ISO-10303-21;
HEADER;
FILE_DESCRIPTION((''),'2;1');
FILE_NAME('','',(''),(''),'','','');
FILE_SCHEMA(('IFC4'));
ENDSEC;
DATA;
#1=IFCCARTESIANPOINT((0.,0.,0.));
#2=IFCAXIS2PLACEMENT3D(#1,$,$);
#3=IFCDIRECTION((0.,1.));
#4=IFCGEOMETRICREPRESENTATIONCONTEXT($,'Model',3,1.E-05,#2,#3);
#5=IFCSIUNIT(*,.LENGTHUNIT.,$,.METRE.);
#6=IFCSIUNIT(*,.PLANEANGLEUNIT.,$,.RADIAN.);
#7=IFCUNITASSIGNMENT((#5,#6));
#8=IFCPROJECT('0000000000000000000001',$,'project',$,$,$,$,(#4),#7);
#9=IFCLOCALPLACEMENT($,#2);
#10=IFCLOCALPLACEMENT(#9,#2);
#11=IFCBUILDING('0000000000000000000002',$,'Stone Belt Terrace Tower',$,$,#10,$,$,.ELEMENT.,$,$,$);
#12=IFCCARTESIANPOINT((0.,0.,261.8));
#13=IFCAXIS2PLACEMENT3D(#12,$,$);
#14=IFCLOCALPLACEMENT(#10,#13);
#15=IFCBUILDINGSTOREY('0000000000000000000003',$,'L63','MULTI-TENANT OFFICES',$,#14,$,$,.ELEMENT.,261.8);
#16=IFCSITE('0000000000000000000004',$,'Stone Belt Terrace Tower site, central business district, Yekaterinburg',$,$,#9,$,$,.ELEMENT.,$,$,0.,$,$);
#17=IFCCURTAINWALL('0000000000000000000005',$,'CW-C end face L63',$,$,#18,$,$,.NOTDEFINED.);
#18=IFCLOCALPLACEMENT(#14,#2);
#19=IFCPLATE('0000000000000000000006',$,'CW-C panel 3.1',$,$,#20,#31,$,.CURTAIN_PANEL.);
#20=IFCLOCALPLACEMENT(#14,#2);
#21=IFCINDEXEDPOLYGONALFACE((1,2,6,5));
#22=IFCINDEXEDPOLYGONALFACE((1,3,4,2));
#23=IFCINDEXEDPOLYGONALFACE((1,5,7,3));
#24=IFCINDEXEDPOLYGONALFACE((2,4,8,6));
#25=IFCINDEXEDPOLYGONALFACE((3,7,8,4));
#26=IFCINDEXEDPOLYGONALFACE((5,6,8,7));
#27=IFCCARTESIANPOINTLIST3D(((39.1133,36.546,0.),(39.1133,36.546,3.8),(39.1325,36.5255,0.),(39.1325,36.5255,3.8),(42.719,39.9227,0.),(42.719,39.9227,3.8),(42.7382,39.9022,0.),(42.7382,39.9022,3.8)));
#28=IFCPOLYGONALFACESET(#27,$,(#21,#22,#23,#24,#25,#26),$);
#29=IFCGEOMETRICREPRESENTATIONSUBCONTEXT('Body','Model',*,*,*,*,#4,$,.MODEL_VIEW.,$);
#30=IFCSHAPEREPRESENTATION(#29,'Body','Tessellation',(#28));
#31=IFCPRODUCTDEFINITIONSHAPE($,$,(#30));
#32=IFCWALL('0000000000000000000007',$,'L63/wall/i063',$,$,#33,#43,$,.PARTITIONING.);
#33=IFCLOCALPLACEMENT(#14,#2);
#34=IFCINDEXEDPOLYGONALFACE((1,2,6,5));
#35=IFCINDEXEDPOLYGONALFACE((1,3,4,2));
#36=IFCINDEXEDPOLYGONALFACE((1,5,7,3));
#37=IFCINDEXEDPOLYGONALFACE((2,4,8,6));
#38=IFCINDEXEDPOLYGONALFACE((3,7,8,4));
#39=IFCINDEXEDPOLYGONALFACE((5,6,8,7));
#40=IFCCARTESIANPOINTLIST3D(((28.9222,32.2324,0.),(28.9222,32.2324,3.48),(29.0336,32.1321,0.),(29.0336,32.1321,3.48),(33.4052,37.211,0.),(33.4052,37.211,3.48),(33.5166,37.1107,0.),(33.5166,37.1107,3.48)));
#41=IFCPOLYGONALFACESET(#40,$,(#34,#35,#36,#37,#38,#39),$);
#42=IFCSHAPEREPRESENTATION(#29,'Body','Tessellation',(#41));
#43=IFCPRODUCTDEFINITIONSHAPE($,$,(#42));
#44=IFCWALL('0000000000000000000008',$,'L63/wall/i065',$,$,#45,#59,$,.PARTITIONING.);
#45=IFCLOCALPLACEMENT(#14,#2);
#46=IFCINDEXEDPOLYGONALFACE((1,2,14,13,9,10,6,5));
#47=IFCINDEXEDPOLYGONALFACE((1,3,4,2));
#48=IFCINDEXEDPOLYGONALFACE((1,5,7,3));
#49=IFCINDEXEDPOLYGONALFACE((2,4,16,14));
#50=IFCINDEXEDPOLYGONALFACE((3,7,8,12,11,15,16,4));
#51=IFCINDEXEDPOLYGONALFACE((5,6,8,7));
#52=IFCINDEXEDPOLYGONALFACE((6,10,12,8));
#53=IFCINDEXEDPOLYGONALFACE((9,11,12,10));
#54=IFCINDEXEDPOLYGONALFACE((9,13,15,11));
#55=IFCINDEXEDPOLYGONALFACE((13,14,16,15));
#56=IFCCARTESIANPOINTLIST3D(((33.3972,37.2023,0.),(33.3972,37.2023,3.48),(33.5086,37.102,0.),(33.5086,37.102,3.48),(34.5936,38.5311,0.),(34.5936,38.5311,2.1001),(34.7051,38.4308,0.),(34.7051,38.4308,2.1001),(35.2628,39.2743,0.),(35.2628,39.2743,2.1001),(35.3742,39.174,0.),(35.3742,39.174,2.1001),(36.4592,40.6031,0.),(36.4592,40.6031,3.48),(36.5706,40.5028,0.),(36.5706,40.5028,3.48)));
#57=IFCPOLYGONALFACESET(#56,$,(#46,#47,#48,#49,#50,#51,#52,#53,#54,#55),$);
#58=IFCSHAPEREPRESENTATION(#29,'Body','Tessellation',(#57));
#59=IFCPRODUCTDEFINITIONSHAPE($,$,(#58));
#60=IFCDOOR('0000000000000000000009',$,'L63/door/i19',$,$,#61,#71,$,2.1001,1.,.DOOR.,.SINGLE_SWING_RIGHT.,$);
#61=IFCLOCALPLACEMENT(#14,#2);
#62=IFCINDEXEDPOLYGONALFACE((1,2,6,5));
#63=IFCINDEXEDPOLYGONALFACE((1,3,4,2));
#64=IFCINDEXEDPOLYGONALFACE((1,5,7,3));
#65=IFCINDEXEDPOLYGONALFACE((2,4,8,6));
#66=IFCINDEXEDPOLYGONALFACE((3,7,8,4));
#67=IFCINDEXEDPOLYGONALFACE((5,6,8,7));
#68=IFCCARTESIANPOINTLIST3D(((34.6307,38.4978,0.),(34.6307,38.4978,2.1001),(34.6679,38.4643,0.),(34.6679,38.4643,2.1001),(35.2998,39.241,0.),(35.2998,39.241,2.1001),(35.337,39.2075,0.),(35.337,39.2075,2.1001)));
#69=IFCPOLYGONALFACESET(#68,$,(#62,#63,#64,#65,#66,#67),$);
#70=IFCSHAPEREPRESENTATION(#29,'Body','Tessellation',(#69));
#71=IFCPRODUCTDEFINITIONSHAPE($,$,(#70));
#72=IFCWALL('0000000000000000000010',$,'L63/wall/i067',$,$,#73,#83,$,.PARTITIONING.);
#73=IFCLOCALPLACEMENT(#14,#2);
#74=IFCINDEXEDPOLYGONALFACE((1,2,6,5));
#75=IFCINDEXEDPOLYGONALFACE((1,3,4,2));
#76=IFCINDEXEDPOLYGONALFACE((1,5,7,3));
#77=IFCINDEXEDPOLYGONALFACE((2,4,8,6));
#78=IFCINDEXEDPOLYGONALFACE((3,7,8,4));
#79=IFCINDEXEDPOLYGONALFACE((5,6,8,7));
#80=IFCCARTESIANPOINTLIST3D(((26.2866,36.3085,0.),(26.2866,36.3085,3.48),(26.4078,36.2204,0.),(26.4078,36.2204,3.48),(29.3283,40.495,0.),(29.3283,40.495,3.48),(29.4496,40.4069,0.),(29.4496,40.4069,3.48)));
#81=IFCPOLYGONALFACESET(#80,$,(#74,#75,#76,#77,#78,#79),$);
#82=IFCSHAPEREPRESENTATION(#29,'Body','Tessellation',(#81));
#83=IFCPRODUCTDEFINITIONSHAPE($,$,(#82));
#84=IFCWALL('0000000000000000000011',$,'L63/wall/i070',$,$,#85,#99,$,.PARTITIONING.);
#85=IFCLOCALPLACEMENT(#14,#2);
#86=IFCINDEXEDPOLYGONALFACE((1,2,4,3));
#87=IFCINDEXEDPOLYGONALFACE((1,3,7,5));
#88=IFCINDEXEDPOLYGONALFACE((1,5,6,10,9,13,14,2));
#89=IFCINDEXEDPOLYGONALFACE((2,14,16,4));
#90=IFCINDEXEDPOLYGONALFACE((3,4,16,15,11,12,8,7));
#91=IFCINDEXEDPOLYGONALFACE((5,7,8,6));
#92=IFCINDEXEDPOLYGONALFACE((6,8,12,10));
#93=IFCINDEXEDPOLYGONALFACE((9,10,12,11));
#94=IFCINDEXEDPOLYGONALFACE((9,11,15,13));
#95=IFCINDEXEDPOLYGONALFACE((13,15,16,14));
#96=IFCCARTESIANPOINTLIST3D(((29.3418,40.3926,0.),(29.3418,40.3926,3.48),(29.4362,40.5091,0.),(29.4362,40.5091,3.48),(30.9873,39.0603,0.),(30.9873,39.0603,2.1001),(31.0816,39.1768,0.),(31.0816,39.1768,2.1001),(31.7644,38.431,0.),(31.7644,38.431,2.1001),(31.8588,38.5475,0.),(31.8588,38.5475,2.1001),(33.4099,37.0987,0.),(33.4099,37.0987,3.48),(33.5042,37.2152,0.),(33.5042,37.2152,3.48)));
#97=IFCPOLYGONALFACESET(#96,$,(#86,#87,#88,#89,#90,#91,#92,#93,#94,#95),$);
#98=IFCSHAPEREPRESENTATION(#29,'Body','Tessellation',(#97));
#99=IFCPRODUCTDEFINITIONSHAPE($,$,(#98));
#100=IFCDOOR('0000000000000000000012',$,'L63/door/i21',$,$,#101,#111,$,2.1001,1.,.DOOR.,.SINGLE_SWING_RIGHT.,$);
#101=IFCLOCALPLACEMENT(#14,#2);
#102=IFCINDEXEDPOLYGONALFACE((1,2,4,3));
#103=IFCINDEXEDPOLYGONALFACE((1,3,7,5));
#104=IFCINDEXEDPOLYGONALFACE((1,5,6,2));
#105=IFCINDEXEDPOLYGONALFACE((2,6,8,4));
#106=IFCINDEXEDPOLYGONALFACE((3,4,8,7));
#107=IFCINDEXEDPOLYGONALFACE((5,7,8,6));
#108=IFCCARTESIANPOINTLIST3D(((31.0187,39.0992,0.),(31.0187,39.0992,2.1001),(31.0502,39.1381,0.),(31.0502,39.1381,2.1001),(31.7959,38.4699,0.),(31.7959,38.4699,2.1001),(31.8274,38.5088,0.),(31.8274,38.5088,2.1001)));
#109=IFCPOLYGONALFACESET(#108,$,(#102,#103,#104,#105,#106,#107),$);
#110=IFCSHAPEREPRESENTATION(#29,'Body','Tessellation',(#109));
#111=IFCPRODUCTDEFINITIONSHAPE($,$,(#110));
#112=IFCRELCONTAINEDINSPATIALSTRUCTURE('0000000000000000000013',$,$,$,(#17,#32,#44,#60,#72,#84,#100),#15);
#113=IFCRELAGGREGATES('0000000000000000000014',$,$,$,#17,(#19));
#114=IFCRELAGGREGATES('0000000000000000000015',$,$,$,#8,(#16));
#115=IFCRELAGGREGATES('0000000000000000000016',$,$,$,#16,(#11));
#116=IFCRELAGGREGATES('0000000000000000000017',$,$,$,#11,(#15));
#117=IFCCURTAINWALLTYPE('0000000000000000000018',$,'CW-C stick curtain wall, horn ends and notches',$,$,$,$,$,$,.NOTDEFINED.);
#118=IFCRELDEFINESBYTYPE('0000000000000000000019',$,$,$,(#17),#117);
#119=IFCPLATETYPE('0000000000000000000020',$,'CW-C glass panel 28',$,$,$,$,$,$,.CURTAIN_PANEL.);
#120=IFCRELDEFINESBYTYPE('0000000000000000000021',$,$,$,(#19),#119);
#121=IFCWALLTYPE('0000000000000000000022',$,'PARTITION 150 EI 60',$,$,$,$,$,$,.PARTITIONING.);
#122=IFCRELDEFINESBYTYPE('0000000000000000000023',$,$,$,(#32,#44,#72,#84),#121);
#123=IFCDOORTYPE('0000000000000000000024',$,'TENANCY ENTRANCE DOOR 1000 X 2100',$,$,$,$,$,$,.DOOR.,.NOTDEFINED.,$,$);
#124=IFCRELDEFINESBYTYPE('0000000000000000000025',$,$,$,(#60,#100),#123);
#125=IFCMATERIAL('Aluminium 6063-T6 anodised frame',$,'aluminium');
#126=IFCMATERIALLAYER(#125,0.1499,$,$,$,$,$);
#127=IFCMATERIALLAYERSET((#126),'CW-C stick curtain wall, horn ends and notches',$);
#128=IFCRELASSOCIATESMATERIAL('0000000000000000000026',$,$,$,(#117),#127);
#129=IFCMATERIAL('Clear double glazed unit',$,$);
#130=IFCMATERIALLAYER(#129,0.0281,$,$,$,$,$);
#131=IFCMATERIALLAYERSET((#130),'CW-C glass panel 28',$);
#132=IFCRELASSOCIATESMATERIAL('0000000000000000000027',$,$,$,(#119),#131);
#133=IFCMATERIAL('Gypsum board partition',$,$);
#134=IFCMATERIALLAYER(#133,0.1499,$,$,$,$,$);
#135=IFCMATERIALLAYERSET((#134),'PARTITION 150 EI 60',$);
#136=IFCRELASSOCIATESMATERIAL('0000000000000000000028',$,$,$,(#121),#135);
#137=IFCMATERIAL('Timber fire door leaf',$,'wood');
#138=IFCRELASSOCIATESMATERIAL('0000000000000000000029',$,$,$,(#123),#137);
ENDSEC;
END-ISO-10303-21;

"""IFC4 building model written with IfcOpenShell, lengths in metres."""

from ifc_helpers import new_model, si_unit, direction, frame, frame_2d, origin, origin_2d, place, context, subcontext, project, spatial, rectangle, extrude, material, layer, layer_set, type_object, element, fill, aggregate, save


model = new_model("IFC4")

# Units and contexts
model_context = context("Model", 3, precision=1e-05, world=origin(), true_north=direction((0.0, 1.0)))
body_context = subcontext(model_context, "Body", "Model", "MODEL_VIEW")
ifc_project = project(units=[si_unit("LENGTHUNIT", "METRE"), si_unit("PLANEANGLEUNIT", "RADIAN")], contexts=[model_context])

# Site, building, storey
site_placement = place(None, origin())
site = spatial("IfcSite", under=ifc_project, at=site_placement, Name="Stone Belt Terrace Tower site, central business district, Yekaterinburg", CompositionType="ELEMENT", RefElevation=0.0)
building_placement = place(site_placement, origin())
building = spatial("IfcBuilding", under=site, at=building_placement, Name="Stone Belt Terrace Tower", CompositionType="ELEMENT")
storey_placement = place(building_placement, frame((0.0, 0.0, 261.8)))
storey = spatial("IfcBuildingStorey", under=building, at=storey_placement, Name="L63", Description="MULTI-TENANT OFFICES", CompositionType="ELEMENT", Elevation=261.8)

# Curtain wall
ifc_material_1 = material(Name="Aluminium 6063-T6 anodised frame", Category="aluminium")
ifc_layer_1 = layer(ifc_material_1, 0.1499)
ifc_layer_set_1 = layer_set([ifc_layer_1], Name="CW-C stick curtain wall, horn ends and notches")
curtain_wall_type_1 = type_object("IfcCurtainWallType", Name="CW-C stick curtain wall, horn ends and notches", PredefinedType="NOTDEFINED", material=ifc_layer_set_1)
curtain_wall_1_placement = place(storey_placement, origin())
curtain_wall_1 = element("IfcCurtainWall", 1, at=curtain_wall_1_placement, inside=storey, type_object=curtain_wall_type_1, Name="CW-C end face L63", PredefinedType="NOTDEFINED")

# Shared definitions
ifc_material_2 = material(Name="Clear double glazed unit")

# Plate
ifc_layer_2 = layer(ifc_material_2, 0.0281)
ifc_layer_set_2 = layer_set([ifc_layer_2], Name="CW-C glass panel 28")
plate_type_1 = type_object("IfcPlateType", Name="CW-C glass panel 28", PredefinedType="CURTAIN_PANEL", material=ifc_layer_set_2)
plate_1_placement = place(storey_placement, frame((40.9258, 38.2241, 0.0), z_axis=(0.0, 0.0, 1.0), x_axis=(0.729904, 0.683549, 0.0)))
plate_1 = element("IfcPlate", 2, at=plate_1_placement, type_object=plate_type_1, Name="CW-C panel 3.1", PredefinedType="CURTAIN_PANEL", context=body_context, shape_type="SweptSolid", body=[
    extrude(rectangle(XDim=4.9399, YDim=0.0281, at=origin_2d()), origin(), (0.0, 0.0, 1.0), 3.8),
])
aggregate(curtain_wall_1, [plate_1])

# Wall
ifc_material_3 = material(Name="Gypsum board partition")
ifc_layer_3 = layer(ifc_material_3, 0.1499)
ifc_layer_set_3 = layer_set([ifc_layer_3], Name="PARTITION 150 EI 60")
wall_type = type_object("IfcWallType", Name="PARTITION 150 EI 60", PredefinedType="PARTITIONING", material=ifc_layer_set_3)
wall_1_placement = place(storey_placement, frame((28.978, 32.1824, 0.0), z_axis=(0.0, 0.0, 1.0), x_axis=(0.66915, 0.743127, 0.0)))
element("IfcWall", 3, at=wall_1_placement, inside=storey, type_object=wall_type, Name="L63/wall/i063", PredefinedType="PARTITIONING", context=body_context, shape_type="SweptSolid", body=[
    extrude(rectangle(XDim=6.6995, YDim=0.1499, at=frame_2d((3.3496, 0.0))), origin(), (0.0, 0.0, 1.0), 3.48),
])

# Wall, opening, door
wall_2_placement = place(storey_placement, frame((36.5149, 40.553, 0.0), z_axis=(0.0, 0.0, 1.0), x_axis=(-0.669112, -0.743161, 0.0)))
wall_2 = element("IfcWall", 4, at=wall_2_placement, inside=storey, type_object=wall_type, Name="L63/wall/i065", PredefinedType="PARTITIONING", context=body_context, shape_type="SweptSolid", body=[
    extrude(rectangle(XDim=4.5762, YDim=0.1499, at=frame_2d((2.2881, 0.0))), origin(), (0.0, 0.0, 1.0), 3.48),
])
opening_1_placement = place(wall_2_placement, frame((1.7881, 0.0, 0.0)))
opening_1 = element("IfcOpeningElement", 5, at=opening_1_placement, cuts=wall_2, PredefinedType="OPENING", context=body_context, shape_type="SweptSolid", body=[
    extrude(rectangle(XDim=1.0, YDim=2.1001, at=frame_2d((0.5, 1.05))), frame((0.0, 0.085, 0.0), z_axis=(0.0, -1.0, 0.0), x_axis=(1.0, 0.0, 0.0)), (0.0, 0.0, 1.0), 0.1699),
])
ifc_material_4 = material(Name="Timber fire door leaf", Category="wood")
door_type = type_object("IfcDoorType", Name="TENANCY ENTRANCE DOOR 1000 X 2100", OperationType="NOTDEFINED", PredefinedType="DOOR", material=ifc_material_4)
door_1_placement = place(opening_1_placement, origin())
door_1 = element("IfcDoor", 6, at=door_1_placement, inside=storey, type_object=door_type, Name="L63/door/i19", OperationType="SINGLE_SWING_RIGHT", OverallHeight=2.1001, OverallWidth=1.0, PredefinedType="DOOR", context=body_context, shape_type="SweptSolid", body=[
    extrude(rectangle(XDim=1.0, YDim=2.1001, at=frame_2d((0.5, 1.05))), frame((0.0, 0.0249, 0.0), z_axis=(0.0, -1.0, 0.0), x_axis=(1.0, 0.0, 0.0)), (0.0, 0.0, 1.0), 0.05),
])
fill(opening_1, door_1)

# Wall
wall_3_placement = place(storey_placement, frame((29.3889, 40.4509, 0.0), z_axis=(0.0, 0.0, 1.0), x_axis=(-0.587793, -0.809011, 0.0)))
element("IfcWall", 7, at=wall_3_placement, inside=storey, type_object=wall_type, Name="L63/wall/i067", PredefinedType="PARTITIONING", context=body_context, shape_type="SweptSolid", body=[
    extrude(rectangle(XDim=5.1748, YDim=0.1499, at=frame_2d((2.5874, 0.0))), origin(), (0.0, 0.0, 1.0), 3.48),
])

# Wall, opening, door
wall_4_placement = place(storey_placement, frame((33.457, 37.157, 0.0), z_axis=(0.0, 0.0, 1.0), x_axis=(-0.777179, 0.62928, 0.0)))
wall_4 = element("IfcWall", 8, at=wall_4_placement, inside=storey, type_object=wall_type, Name="L63/wall/i070", PredefinedType="PARTITIONING", context=body_context, shape_type="SweptSolid", body=[
    extrude(rectangle(XDim=5.2344, YDim=0.1499, at=frame_2d((2.6172, 0.0))), origin(), (0.0, 0.0, 1.0), 3.48),
])
opening_2_placement = place(wall_4_placement, frame((2.1172, 0.0, 0.0)))
opening_2 = element("IfcOpeningElement", 9, at=opening_2_placement, cuts=wall_4, PredefinedType="OPENING", context=body_context, shape_type="SweptSolid", body=[
    extrude(rectangle(XDim=1.0, YDim=2.1001, at=frame_2d((0.5, 1.05))), frame((0.0, 0.085, 0.0), z_axis=(0.0, -1.0, 0.0), x_axis=(1.0, 0.0, 0.0)), (0.0, 0.0, 1.0), 0.1699),
])
door_2_placement = place(opening_2_placement, origin())
door_2 = element("IfcDoor", 10, at=door_2_placement, inside=storey, type_object=door_type, Name="L63/door/i21", OperationType="SINGLE_SWING_RIGHT", OverallHeight=2.1001, OverallWidth=1.0, PredefinedType="DOOR", context=body_context, shape_type="SweptSolid", body=[
    extrude(rectangle(XDim=1.0, YDim=2.1001, at=frame_2d((0.5, 1.05))), frame((0.0, 0.0249, 0.0), z_axis=(0.0, -1.0, 0.0), x_axis=(1.0, 0.0, 0.0)), (0.0, 0.0, 1.0), 0.05),
])
fill(opening_2, door_2)

save(model, "model.ifc")
